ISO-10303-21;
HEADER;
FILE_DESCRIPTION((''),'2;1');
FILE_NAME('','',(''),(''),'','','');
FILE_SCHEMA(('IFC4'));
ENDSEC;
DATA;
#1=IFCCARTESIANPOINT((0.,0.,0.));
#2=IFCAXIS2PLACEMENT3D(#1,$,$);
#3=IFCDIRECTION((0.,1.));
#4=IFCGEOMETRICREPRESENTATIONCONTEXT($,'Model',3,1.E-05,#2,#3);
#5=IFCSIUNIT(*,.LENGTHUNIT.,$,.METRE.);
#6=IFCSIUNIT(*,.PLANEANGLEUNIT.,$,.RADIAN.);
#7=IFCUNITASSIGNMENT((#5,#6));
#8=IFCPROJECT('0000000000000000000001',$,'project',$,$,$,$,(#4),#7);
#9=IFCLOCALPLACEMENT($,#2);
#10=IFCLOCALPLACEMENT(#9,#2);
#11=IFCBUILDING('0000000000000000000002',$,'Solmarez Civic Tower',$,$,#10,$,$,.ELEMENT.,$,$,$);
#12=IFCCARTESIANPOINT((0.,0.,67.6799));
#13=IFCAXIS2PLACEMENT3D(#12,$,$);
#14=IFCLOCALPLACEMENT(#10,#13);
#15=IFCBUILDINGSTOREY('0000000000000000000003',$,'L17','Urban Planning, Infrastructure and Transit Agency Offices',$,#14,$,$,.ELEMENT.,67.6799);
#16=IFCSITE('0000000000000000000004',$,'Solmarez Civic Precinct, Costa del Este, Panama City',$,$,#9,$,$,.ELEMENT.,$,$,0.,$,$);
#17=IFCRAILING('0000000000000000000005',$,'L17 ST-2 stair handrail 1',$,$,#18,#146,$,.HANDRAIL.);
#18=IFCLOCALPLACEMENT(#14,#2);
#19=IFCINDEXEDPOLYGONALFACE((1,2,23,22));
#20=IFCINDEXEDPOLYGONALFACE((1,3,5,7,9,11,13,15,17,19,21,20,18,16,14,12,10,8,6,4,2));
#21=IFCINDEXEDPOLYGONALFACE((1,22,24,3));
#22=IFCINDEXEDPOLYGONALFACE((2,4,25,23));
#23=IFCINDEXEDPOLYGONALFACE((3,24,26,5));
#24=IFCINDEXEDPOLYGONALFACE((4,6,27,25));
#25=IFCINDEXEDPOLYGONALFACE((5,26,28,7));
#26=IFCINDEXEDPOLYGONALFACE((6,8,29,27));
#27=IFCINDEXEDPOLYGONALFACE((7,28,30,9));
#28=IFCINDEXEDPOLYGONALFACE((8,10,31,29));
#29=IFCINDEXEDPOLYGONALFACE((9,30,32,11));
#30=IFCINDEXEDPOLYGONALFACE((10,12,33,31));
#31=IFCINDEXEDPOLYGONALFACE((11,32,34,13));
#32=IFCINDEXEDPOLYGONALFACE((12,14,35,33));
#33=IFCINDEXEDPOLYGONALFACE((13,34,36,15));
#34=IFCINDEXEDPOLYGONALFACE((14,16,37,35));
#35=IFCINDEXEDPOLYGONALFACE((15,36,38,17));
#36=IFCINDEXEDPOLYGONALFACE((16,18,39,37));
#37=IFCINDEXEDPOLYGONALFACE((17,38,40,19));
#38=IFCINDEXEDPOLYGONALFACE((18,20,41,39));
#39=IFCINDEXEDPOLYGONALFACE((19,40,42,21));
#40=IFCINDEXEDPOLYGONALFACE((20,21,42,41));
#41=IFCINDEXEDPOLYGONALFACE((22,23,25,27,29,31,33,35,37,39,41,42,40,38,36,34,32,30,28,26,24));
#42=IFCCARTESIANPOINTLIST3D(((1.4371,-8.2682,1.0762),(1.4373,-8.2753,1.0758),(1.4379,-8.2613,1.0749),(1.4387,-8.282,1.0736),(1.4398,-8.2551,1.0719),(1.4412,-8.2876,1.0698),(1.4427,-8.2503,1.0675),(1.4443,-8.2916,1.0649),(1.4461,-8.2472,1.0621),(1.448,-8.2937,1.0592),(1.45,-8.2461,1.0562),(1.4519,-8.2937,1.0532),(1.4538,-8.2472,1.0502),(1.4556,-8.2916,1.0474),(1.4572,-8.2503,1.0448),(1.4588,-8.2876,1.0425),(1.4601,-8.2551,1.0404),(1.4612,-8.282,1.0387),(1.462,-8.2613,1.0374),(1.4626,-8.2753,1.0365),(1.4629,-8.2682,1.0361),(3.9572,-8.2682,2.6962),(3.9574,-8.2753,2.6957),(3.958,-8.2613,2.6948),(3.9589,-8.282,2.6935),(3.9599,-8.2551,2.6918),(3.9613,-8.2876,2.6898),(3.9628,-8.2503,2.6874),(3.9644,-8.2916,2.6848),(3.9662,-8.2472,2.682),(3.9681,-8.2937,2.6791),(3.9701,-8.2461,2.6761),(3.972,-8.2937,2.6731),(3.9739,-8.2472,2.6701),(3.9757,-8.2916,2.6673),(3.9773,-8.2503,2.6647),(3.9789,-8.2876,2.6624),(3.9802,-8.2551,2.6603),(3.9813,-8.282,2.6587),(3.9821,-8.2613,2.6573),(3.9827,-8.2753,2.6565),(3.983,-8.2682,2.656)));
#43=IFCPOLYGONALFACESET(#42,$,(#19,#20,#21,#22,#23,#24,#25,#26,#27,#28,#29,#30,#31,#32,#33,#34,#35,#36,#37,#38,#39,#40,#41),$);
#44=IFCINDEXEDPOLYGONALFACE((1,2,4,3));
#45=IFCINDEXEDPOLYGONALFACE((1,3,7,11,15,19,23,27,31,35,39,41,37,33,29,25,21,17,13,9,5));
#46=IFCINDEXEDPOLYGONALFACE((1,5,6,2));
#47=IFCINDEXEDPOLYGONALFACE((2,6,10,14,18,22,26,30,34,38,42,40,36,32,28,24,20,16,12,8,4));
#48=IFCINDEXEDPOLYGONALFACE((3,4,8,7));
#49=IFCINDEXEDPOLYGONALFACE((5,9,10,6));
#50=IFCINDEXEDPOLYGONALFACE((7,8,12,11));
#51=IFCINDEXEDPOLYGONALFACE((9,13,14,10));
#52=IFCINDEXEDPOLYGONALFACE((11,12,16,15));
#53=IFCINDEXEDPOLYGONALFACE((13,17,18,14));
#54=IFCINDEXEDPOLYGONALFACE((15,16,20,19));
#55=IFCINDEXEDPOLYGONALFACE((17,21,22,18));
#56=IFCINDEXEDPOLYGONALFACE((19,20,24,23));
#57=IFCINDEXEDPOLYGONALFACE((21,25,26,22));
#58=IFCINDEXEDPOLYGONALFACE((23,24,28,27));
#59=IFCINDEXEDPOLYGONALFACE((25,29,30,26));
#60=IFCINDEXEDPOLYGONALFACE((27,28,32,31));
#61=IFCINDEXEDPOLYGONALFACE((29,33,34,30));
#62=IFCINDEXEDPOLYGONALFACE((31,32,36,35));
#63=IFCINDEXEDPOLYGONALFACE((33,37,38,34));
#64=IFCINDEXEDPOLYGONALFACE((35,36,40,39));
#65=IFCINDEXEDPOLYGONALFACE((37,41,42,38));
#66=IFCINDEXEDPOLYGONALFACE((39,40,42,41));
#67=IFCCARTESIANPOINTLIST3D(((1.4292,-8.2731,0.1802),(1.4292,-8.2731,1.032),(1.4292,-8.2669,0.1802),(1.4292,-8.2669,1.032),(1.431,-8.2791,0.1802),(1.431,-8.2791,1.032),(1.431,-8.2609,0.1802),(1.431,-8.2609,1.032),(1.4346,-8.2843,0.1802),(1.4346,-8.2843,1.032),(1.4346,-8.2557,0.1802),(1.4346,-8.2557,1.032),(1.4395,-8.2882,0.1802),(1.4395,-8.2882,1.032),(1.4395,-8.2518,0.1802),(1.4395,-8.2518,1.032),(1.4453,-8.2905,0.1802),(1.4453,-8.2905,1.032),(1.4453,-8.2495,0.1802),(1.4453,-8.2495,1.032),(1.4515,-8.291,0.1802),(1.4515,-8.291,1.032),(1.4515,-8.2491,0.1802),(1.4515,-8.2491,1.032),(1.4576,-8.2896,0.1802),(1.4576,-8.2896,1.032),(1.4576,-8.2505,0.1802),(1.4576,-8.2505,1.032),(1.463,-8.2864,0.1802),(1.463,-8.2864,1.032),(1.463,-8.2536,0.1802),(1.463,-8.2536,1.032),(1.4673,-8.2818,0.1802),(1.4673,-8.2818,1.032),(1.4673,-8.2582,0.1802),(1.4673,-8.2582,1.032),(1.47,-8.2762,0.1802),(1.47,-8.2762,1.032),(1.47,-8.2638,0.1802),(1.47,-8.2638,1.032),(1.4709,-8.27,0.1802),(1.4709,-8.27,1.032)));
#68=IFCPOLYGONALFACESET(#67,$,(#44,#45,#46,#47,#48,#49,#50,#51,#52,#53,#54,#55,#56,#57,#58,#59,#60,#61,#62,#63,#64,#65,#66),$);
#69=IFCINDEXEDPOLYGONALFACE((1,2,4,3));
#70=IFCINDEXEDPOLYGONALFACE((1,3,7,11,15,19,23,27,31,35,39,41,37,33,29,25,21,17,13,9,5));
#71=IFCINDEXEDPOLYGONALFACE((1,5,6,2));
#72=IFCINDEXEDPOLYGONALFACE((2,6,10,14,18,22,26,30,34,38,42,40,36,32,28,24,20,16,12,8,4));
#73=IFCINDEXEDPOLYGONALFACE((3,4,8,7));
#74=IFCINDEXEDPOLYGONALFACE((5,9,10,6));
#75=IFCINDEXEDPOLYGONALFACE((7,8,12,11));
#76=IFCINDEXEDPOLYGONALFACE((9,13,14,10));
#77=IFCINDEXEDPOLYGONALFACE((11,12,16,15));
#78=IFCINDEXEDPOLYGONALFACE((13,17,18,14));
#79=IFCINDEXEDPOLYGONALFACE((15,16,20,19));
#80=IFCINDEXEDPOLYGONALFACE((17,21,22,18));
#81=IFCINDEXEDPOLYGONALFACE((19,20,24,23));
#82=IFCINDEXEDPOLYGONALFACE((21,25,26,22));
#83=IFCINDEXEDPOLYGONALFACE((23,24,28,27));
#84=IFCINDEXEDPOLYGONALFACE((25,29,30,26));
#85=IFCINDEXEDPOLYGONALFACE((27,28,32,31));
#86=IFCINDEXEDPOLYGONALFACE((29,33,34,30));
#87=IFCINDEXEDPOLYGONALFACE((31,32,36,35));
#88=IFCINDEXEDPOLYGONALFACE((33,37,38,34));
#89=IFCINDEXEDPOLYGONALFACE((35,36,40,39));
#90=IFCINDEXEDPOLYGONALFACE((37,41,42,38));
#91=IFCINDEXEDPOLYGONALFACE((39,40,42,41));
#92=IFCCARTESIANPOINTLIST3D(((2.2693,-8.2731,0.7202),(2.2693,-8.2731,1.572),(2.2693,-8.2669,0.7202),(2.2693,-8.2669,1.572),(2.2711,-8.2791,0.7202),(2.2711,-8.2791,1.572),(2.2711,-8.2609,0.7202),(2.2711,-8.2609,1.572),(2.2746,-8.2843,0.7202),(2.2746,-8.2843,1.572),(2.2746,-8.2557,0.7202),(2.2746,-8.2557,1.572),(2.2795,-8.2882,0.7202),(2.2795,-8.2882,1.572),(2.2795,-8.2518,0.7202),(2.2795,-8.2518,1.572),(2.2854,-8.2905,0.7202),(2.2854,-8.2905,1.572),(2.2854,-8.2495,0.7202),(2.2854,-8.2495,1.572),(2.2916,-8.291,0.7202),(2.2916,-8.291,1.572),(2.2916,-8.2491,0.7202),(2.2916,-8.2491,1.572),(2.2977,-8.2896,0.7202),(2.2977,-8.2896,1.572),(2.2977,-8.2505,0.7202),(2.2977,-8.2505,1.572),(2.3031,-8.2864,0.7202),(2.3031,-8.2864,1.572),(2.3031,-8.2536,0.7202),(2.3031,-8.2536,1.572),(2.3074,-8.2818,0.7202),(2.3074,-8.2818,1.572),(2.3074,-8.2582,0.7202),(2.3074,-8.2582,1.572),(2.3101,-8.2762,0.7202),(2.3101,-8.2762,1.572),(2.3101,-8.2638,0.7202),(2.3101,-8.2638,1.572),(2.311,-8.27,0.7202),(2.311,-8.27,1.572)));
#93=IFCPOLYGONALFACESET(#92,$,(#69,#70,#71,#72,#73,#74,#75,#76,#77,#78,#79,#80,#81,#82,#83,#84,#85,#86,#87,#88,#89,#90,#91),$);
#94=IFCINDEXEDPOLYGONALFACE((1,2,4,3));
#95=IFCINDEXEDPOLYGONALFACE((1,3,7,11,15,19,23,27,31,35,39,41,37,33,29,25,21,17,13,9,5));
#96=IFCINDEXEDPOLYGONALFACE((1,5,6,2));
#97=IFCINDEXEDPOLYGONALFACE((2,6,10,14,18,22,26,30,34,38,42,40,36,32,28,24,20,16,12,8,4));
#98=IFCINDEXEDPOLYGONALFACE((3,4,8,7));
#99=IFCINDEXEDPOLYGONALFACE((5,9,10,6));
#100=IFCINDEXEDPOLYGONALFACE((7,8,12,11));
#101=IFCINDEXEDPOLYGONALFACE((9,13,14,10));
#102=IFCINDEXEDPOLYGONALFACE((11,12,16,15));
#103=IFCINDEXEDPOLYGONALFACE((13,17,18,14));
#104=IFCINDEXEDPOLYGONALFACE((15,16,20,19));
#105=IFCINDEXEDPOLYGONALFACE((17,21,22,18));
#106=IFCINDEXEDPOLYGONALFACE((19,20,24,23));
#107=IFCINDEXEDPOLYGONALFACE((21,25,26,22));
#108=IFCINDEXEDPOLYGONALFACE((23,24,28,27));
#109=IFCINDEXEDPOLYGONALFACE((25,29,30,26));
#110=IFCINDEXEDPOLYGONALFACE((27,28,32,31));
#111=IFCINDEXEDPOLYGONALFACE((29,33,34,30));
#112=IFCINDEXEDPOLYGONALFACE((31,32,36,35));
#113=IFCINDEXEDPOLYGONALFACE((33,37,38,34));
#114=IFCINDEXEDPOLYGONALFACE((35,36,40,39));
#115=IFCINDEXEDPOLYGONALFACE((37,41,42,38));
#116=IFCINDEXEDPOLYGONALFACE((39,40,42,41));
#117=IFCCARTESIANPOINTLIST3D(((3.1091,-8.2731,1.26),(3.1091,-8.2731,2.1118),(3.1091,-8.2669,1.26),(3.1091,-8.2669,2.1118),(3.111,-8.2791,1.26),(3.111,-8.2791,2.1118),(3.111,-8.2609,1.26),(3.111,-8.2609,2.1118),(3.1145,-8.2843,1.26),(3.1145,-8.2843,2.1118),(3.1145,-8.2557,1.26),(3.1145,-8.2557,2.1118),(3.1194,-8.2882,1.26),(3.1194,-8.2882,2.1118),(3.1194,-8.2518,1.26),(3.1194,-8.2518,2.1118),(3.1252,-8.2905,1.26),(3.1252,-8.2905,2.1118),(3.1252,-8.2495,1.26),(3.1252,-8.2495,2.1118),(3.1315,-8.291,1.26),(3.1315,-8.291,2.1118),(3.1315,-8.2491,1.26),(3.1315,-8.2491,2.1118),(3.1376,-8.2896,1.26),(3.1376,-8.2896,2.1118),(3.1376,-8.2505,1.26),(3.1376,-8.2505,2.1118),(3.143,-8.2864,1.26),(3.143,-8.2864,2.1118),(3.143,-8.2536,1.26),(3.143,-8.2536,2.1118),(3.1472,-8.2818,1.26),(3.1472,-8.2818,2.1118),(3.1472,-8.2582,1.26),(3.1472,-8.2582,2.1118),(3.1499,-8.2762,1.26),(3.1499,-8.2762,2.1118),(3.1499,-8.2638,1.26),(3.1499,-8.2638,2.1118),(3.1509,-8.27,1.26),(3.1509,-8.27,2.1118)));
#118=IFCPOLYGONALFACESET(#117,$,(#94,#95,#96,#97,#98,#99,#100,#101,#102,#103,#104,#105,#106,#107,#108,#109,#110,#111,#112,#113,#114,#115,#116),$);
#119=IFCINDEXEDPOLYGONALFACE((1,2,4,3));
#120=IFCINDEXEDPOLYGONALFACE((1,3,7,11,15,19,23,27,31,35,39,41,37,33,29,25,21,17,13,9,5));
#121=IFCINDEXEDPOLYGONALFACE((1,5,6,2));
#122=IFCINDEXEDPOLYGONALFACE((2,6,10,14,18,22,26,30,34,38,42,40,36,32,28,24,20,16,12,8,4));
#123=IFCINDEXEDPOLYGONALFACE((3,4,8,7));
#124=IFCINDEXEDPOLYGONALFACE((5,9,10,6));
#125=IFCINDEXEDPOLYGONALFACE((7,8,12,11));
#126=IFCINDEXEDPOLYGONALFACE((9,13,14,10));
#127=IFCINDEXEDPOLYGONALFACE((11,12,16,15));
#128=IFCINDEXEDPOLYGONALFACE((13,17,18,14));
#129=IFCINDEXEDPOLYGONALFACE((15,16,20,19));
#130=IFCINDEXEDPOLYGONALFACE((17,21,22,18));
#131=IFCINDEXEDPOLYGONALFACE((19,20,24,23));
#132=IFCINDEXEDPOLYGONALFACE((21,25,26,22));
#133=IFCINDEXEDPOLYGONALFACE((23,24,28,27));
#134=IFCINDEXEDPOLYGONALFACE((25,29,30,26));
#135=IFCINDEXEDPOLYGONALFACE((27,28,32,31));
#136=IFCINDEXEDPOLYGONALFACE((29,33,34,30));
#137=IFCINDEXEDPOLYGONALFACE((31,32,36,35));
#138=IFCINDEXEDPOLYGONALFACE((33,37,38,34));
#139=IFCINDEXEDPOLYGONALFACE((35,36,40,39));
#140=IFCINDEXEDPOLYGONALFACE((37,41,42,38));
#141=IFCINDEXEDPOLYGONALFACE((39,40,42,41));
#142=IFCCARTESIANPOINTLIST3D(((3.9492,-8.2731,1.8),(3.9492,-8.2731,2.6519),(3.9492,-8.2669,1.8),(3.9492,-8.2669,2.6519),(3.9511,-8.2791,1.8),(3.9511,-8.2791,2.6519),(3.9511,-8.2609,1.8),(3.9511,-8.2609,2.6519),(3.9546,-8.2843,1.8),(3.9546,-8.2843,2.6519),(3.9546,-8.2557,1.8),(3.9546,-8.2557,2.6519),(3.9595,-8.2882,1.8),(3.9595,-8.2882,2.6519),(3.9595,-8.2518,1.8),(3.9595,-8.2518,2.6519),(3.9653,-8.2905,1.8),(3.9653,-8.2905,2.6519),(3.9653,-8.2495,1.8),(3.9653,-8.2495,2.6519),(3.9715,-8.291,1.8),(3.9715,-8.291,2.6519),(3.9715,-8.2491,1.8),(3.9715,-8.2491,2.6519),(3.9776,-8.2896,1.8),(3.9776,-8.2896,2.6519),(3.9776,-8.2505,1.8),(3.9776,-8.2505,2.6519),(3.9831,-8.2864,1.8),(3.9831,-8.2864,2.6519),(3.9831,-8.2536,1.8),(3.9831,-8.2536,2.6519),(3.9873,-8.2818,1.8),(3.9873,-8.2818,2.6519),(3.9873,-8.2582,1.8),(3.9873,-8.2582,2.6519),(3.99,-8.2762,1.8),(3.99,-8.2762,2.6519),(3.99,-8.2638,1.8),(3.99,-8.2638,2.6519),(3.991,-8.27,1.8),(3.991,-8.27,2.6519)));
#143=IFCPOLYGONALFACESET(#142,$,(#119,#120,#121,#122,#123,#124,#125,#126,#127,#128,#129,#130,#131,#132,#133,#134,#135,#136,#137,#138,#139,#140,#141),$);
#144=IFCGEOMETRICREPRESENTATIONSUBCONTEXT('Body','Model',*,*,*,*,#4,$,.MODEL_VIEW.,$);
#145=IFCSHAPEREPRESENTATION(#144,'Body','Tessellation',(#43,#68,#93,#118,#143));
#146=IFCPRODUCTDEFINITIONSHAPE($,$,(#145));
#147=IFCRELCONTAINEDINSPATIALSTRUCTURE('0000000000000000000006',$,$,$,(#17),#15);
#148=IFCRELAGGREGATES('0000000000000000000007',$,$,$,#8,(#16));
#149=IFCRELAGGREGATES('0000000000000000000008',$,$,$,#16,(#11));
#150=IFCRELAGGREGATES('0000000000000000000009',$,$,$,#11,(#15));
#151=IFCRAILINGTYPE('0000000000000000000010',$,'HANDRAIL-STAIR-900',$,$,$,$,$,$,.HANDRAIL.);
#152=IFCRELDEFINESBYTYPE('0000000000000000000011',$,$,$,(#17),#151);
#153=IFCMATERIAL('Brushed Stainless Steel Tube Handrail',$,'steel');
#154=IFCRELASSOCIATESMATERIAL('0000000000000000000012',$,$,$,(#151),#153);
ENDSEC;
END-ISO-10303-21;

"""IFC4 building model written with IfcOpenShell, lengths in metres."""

from ifc_helpers import new_model, si_unit, direction, frame, origin, origin_2d, place, context, subcontext, project, spatial, circle, extrude, material, type_object, element, save


model = new_model("IFC4")

# Units and contexts
model_context = context("Model", 3, precision=1e-05, world=origin(), true_north=direction((0.0, 1.0)))
body_context = subcontext(model_context, "Body", "Model", "MODEL_VIEW")
ifc_project = project(units=[si_unit("LENGTHUNIT", "METRE"), si_unit("PLANEANGLEUNIT", "RADIAN")], contexts=[model_context])

# Site, building, storey
site_placement = place(None, origin())
site = spatial("IfcSite", under=ifc_project, at=site_placement, Name="Solmarez Civic Precinct, Costa del Este, Panama City", CompositionType="ELEMENT", RefElevation=0.0)
building_placement = place(site_placement, origin())
building = spatial("IfcBuilding", under=site, at=building_placement, Name="Solmarez Civic Tower", CompositionType="ELEMENT")
storey_placement = place(building_placement, frame((0.0, 0.0, 67.6799)))
storey = spatial("IfcBuildingStorey", under=building, at=storey_placement, Name="L17", Description="Urban Planning, Infrastructure and Transit Agency Offices", CompositionType="ELEMENT", Elevation=67.6799)

# Railing
ifc_material_1 = material(Name="Brushed Stainless Steel Tube Handrail", Category="steel")
railing_type = type_object("IfcRailingType", Name="HANDRAIL-STAIR-900", PredefinedType="HANDRAIL", material=ifc_material_1)
railing_placement = place(storey_placement, frame((1.45, -8.27, 0.1802)))
element("IfcRailing", 1, at=railing_placement, inside=storey, type_object=railing_type, Name="L17 ST-2 stair handrail 1", PredefinedType="HANDRAIL", context=body_context, shape_type="SweptSolid", body=[
    extrude(circle(Radius=0.0239, at=origin_2d()), frame((0.0, 0.0, 0.876), z_axis=(0.8412, 0.0, 0.540725), x_axis=(0.0, 1.0, 0.0)), (0.0, 0.0, 1.0), 2.9958),
    extrude(circle(Radius=0.021, at=origin_2d()), origin(), (0.0, 0.0, 1.0), 0.8518),
    extrude(circle(Radius=0.021, at=origin_2d()), frame((0.8401, 0.0, 0.54)), (0.0, 0.0, 1.0), 0.8518),
    extrude(circle(Radius=0.021, at=origin_2d()), frame((1.6799, 0.0, 1.0798)), (0.0, 0.0, 1.0), 0.8518),
    extrude(circle(Radius=0.021, at=origin_2d()), frame((2.52, 0.0, 1.6199)), (0.0, 0.0, 1.0), 0.8518),
])

save(model, "model.ifc")
